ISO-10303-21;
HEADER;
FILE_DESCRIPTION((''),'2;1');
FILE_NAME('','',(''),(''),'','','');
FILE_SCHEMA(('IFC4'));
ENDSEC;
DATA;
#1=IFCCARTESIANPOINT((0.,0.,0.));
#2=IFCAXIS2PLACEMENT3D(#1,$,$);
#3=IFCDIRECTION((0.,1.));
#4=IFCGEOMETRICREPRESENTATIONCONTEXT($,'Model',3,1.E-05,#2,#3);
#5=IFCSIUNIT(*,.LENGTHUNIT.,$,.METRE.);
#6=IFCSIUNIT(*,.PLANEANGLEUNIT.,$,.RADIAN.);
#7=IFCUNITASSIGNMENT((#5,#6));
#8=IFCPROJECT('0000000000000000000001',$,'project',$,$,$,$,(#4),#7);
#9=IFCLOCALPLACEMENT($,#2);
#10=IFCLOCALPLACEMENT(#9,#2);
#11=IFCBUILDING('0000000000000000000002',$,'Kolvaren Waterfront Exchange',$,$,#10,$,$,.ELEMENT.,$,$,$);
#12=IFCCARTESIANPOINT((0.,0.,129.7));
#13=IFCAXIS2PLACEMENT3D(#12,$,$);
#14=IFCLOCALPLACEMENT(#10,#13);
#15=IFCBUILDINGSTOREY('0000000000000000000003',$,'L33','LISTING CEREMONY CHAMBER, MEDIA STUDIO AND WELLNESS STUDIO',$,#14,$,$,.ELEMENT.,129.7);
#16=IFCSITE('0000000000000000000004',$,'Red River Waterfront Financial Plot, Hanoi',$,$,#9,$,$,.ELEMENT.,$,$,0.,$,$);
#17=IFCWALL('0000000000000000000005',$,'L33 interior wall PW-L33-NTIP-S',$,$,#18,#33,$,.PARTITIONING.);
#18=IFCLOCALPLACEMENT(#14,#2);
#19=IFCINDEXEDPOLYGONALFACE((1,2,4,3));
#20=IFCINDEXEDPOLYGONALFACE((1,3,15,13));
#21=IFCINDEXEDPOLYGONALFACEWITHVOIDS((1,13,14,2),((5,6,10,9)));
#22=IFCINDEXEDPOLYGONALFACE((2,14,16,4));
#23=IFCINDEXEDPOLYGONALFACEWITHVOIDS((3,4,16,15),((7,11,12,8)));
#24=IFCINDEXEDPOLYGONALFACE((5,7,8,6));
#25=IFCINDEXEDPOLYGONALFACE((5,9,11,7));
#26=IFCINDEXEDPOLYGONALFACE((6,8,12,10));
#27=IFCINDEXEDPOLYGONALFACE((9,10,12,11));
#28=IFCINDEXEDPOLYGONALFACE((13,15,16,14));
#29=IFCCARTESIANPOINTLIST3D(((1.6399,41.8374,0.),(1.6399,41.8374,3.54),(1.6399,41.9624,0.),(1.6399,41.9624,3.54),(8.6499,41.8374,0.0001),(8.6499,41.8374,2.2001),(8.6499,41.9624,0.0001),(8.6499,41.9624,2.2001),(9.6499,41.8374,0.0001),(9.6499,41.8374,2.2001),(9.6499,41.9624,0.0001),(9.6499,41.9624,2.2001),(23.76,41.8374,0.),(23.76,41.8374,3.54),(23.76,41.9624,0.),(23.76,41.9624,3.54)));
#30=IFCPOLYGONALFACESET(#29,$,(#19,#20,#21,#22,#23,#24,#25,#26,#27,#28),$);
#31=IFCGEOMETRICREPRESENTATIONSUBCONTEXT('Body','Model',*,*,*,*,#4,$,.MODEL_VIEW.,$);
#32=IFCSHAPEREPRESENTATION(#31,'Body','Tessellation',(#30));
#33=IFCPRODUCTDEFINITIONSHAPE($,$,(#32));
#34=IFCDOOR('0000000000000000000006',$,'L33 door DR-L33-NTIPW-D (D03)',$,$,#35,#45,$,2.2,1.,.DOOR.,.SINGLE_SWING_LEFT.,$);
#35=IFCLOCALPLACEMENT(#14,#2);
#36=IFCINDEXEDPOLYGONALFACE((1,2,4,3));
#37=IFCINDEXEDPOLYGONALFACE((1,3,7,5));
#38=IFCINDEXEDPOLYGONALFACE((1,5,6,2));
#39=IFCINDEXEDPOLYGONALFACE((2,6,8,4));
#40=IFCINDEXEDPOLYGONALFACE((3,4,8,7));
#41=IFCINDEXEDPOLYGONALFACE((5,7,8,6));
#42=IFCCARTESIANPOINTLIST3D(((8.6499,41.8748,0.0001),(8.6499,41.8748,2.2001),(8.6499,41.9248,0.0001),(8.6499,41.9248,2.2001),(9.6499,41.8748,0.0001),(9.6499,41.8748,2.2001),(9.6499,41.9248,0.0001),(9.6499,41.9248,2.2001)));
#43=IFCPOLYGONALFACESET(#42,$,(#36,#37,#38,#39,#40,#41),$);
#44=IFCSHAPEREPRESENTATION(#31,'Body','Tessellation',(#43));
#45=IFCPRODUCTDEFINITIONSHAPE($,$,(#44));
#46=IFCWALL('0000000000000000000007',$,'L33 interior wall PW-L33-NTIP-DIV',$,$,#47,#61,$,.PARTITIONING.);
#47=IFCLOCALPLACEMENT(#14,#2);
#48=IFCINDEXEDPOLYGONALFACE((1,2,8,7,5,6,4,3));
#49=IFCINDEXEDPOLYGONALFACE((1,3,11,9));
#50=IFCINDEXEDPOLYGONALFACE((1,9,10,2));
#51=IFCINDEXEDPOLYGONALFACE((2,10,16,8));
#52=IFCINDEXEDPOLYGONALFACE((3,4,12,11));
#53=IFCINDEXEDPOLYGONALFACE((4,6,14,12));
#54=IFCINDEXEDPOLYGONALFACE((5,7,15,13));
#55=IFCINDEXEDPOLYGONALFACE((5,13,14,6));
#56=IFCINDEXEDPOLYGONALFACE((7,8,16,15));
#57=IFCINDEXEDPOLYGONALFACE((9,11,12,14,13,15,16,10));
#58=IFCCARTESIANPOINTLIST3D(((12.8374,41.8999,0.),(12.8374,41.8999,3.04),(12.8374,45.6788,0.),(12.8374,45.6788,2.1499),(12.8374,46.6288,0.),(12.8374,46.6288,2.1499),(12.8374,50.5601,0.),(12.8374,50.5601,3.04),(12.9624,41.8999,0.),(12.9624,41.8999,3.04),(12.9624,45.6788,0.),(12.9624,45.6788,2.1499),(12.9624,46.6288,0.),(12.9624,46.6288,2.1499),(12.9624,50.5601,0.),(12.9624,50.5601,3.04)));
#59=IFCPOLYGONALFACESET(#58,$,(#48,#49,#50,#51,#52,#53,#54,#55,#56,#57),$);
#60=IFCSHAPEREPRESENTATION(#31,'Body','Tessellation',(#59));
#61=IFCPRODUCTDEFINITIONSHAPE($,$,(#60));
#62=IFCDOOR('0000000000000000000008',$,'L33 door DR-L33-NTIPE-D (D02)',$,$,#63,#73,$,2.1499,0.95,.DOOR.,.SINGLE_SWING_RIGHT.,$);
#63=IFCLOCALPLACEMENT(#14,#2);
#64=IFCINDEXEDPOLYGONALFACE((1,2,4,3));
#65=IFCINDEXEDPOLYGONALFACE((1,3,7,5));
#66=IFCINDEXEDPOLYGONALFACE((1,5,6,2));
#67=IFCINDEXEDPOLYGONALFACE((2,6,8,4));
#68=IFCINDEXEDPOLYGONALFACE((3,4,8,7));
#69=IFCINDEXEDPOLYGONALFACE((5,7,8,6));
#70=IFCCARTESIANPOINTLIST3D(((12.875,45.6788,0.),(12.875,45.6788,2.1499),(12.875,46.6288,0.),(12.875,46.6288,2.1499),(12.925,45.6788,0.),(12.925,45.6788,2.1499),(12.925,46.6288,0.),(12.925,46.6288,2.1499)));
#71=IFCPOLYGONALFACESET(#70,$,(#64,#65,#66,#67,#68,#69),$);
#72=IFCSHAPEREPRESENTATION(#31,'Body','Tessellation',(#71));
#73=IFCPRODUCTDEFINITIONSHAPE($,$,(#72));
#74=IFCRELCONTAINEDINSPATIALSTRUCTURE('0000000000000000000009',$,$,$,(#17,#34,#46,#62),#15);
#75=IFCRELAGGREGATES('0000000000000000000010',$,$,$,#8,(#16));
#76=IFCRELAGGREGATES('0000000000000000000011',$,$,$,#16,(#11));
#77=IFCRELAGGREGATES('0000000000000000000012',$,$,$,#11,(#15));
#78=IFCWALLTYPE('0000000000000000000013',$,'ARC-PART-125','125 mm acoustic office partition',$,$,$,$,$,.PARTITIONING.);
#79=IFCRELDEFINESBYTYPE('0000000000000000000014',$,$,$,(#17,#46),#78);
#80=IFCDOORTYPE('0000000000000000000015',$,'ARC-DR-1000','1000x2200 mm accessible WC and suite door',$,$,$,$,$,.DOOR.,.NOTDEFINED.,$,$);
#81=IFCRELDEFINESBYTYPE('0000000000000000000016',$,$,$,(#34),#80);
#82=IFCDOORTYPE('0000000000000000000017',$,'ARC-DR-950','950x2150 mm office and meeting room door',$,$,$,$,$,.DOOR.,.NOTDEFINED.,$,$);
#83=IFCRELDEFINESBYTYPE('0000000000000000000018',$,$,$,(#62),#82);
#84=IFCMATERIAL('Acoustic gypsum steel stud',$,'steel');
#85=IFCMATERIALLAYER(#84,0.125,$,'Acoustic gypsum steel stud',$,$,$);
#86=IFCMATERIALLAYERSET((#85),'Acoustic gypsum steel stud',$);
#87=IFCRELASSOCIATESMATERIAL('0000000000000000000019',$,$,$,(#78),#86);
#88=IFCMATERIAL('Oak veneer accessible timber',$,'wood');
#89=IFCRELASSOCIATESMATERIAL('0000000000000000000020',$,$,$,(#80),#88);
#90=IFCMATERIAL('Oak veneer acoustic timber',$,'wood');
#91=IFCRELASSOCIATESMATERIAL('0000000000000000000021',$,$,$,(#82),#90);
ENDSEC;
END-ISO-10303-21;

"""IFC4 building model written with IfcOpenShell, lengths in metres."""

from ifc_helpers import new_model, si_unit, direction, frame, frame_2d, origin, place, context, subcontext, project, spatial, rectangle, extrude, material, layer, layer_set, type_object, element, fill, save


model = new_model("IFC4")

# Units and contexts
model_context = context("Model", 3, precision=1e-05, world=origin(), true_north=direction((0.0, 1.0)))
body_context = subcontext(model_context, "Body", "Model", "MODEL_VIEW")
ifc_project = project(units=[si_unit("LENGTHUNIT", "METRE"), si_unit("PLANEANGLEUNIT", "RADIAN")], contexts=[model_context])

# Site, building, storey
site_placement = place(None, origin())
site = spatial("IfcSite", under=ifc_project, at=site_placement, Name="Red River Waterfront Financial Plot, Hanoi", CompositionType="ELEMENT", RefElevation=0.0)
building_placement = place(site_placement, origin())
building = spatial("IfcBuilding", under=site, at=building_placement, Name="Kolvaren Waterfront Exchange", CompositionType="ELEMENT")
storey_placement = place(building_placement, frame((0.0, 0.0, 129.7)))
storey = spatial("IfcBuildingStorey", under=building, at=storey_placement, Name="L33", Description="LISTING CEREMONY CHAMBER, MEDIA STUDIO AND WELLNESS STUDIO", CompositionType="ELEMENT", Elevation=129.7)

# Walls, openings, doors
ifc_material_1 = material(Name="Acoustic gypsum steel stud", Category="steel")
ifc_layer_1 = layer(ifc_material_1, 0.125, Name="Acoustic gypsum steel stud")
ifc_layer_set_1 = layer_set([ifc_layer_1], Name="Acoustic gypsum steel stud")
wall_type_1 = type_object("IfcWallType", Name="ARC-PART-125", Description="125 mm acoustic office partition", PredefinedType="PARTITIONING", material=ifc_layer_set_1)
wall_1_placement = place(storey_placement, frame((1.6399, 41.8999, 0.0), z_axis=(0.0, 0.0, 1.0), x_axis=(1.0, 0.0, 0.0)))
wall_1 = element("IfcWall", 1, at=wall_1_placement, inside=storey, type_object=wall_type_1, Name="L33 interior wall PW-L33-NTIP-S", PredefinedType="PARTITIONING", context=body_context, shape_type="SweptSolid", body=[
    extrude(rectangle(XDim=22.1201, YDim=0.125, at=frame_2d((11.0601, 0.0))), origin(), (0.0, 0.0, 1.0), 3.54),
])
opening_1_placement = place(wall_1_placement, frame((7.01, 0.0, 0.0)))
opening_1 = element("IfcOpeningElement", 2, at=opening_1_placement, cuts=wall_1, PredefinedType="OPENING", context=body_context, shape_type="SweptSolid", body=[
    extrude(rectangle(XDim=1.0, YDim=2.2, at=frame_2d((0.5, 1.1001))), frame((0.0, 0.0725, 0.0), z_axis=(0.0, -1.0, 0.0), x_axis=(1.0, 0.0, 0.0)), (0.0, 0.0, 1.0), 0.145),
])
ifc_material_2 = material(Name="Oak veneer accessible timber", Category="wood")
door_type_1 = type_object("IfcDoorType", Name="ARC-DR-1000", Description="1000x2200 mm accessible WC and suite door", OperationType="NOTDEFINED", PredefinedType="DOOR", material=ifc_material_2)
door_1_placement = place(opening_1_placement, origin())
door_1 = element("IfcDoor", 3, at=door_1_placement, inside=storey, type_object=door_type_1, Name="L33 door DR-L33-NTIPW-D (D03)", OperationType="SINGLE_SWING_LEFT", OverallHeight=2.2, OverallWidth=1.0, PredefinedType="DOOR", context=body_context, shape_type="SweptSolid", body=[
    extrude(rectangle(XDim=1.0, YDim=2.2, at=frame_2d((0.5, 1.1001))), frame((0.0, 0.0249, 0.0), z_axis=(0.0, -1.0, 0.0), x_axis=(1.0, 0.0, 0.0)), (0.0, 0.0, 1.0), 0.05),
])
fill(opening_1, door_1)
wall_2_placement = place(storey_placement, frame((12.8999, 41.8999, 0.0), z_axis=(0.0, 0.0, 1.0), x_axis=(0.0, 1.0, 0.0)))
wall_2 = element("IfcWall", 4, at=wall_2_placement, inside=storey, type_object=wall_type_1, Name="L33 interior wall PW-L33-NTIP-DIV", PredefinedType="PARTITIONING", context=body_context, shape_type="SweptSolid", body=[
    extrude(rectangle(XDim=8.6602, YDim=0.125, at=frame_2d((4.3301, 0.0))), origin(), (0.0, 0.0, 1.0), 3.04),
])
opening_2_placement = place(wall_2_placement, frame((3.7788, 0.0, 0.0)))
opening_2 = element("IfcOpeningElement", 5, at=opening_2_placement, cuts=wall_2, PredefinedType="OPENING", context=body_context, shape_type="SweptSolid", body=[
    extrude(rectangle(XDim=0.95, YDim=2.1499, at=frame_2d((0.4751, 1.075))), frame((0.0, 0.0725, 0.0), z_axis=(0.0, -1.0, 0.0), x_axis=(1.0, 0.0, 0.0)), (0.0, 0.0, 1.0), 0.145),
])
ifc_material_3 = material(Name="Oak veneer acoustic timber", Category="wood")
door_type_2 = type_object("IfcDoorType", Name="ARC-DR-950", Description="950x2150 mm office and meeting room door", OperationType="NOTDEFINED", PredefinedType="DOOR", material=ifc_material_3)
door_2_placement = place(opening_2_placement, origin())
door_2 = element("IfcDoor", 6, at=door_2_placement, inside=storey, type_object=door_type_2, Name="L33 door DR-L33-NTIPE-D (D02)", OperationType="SINGLE_SWING_RIGHT", OverallHeight=2.1499, OverallWidth=0.95, PredefinedType="DOOR", context=body_context, shape_type="SweptSolid", body=[
    extrude(rectangle(XDim=0.95, YDim=2.1499, at=frame_2d((0.4751, 1.075))), frame((0.0, 0.0249, 0.0), z_axis=(0.0, -1.0, 0.0), x_axis=(1.0, 0.0, 0.0)), (0.0, 0.0, 1.0), 0.05),
])
fill(opening_2, door_2)

save(model, "model.ifc")
